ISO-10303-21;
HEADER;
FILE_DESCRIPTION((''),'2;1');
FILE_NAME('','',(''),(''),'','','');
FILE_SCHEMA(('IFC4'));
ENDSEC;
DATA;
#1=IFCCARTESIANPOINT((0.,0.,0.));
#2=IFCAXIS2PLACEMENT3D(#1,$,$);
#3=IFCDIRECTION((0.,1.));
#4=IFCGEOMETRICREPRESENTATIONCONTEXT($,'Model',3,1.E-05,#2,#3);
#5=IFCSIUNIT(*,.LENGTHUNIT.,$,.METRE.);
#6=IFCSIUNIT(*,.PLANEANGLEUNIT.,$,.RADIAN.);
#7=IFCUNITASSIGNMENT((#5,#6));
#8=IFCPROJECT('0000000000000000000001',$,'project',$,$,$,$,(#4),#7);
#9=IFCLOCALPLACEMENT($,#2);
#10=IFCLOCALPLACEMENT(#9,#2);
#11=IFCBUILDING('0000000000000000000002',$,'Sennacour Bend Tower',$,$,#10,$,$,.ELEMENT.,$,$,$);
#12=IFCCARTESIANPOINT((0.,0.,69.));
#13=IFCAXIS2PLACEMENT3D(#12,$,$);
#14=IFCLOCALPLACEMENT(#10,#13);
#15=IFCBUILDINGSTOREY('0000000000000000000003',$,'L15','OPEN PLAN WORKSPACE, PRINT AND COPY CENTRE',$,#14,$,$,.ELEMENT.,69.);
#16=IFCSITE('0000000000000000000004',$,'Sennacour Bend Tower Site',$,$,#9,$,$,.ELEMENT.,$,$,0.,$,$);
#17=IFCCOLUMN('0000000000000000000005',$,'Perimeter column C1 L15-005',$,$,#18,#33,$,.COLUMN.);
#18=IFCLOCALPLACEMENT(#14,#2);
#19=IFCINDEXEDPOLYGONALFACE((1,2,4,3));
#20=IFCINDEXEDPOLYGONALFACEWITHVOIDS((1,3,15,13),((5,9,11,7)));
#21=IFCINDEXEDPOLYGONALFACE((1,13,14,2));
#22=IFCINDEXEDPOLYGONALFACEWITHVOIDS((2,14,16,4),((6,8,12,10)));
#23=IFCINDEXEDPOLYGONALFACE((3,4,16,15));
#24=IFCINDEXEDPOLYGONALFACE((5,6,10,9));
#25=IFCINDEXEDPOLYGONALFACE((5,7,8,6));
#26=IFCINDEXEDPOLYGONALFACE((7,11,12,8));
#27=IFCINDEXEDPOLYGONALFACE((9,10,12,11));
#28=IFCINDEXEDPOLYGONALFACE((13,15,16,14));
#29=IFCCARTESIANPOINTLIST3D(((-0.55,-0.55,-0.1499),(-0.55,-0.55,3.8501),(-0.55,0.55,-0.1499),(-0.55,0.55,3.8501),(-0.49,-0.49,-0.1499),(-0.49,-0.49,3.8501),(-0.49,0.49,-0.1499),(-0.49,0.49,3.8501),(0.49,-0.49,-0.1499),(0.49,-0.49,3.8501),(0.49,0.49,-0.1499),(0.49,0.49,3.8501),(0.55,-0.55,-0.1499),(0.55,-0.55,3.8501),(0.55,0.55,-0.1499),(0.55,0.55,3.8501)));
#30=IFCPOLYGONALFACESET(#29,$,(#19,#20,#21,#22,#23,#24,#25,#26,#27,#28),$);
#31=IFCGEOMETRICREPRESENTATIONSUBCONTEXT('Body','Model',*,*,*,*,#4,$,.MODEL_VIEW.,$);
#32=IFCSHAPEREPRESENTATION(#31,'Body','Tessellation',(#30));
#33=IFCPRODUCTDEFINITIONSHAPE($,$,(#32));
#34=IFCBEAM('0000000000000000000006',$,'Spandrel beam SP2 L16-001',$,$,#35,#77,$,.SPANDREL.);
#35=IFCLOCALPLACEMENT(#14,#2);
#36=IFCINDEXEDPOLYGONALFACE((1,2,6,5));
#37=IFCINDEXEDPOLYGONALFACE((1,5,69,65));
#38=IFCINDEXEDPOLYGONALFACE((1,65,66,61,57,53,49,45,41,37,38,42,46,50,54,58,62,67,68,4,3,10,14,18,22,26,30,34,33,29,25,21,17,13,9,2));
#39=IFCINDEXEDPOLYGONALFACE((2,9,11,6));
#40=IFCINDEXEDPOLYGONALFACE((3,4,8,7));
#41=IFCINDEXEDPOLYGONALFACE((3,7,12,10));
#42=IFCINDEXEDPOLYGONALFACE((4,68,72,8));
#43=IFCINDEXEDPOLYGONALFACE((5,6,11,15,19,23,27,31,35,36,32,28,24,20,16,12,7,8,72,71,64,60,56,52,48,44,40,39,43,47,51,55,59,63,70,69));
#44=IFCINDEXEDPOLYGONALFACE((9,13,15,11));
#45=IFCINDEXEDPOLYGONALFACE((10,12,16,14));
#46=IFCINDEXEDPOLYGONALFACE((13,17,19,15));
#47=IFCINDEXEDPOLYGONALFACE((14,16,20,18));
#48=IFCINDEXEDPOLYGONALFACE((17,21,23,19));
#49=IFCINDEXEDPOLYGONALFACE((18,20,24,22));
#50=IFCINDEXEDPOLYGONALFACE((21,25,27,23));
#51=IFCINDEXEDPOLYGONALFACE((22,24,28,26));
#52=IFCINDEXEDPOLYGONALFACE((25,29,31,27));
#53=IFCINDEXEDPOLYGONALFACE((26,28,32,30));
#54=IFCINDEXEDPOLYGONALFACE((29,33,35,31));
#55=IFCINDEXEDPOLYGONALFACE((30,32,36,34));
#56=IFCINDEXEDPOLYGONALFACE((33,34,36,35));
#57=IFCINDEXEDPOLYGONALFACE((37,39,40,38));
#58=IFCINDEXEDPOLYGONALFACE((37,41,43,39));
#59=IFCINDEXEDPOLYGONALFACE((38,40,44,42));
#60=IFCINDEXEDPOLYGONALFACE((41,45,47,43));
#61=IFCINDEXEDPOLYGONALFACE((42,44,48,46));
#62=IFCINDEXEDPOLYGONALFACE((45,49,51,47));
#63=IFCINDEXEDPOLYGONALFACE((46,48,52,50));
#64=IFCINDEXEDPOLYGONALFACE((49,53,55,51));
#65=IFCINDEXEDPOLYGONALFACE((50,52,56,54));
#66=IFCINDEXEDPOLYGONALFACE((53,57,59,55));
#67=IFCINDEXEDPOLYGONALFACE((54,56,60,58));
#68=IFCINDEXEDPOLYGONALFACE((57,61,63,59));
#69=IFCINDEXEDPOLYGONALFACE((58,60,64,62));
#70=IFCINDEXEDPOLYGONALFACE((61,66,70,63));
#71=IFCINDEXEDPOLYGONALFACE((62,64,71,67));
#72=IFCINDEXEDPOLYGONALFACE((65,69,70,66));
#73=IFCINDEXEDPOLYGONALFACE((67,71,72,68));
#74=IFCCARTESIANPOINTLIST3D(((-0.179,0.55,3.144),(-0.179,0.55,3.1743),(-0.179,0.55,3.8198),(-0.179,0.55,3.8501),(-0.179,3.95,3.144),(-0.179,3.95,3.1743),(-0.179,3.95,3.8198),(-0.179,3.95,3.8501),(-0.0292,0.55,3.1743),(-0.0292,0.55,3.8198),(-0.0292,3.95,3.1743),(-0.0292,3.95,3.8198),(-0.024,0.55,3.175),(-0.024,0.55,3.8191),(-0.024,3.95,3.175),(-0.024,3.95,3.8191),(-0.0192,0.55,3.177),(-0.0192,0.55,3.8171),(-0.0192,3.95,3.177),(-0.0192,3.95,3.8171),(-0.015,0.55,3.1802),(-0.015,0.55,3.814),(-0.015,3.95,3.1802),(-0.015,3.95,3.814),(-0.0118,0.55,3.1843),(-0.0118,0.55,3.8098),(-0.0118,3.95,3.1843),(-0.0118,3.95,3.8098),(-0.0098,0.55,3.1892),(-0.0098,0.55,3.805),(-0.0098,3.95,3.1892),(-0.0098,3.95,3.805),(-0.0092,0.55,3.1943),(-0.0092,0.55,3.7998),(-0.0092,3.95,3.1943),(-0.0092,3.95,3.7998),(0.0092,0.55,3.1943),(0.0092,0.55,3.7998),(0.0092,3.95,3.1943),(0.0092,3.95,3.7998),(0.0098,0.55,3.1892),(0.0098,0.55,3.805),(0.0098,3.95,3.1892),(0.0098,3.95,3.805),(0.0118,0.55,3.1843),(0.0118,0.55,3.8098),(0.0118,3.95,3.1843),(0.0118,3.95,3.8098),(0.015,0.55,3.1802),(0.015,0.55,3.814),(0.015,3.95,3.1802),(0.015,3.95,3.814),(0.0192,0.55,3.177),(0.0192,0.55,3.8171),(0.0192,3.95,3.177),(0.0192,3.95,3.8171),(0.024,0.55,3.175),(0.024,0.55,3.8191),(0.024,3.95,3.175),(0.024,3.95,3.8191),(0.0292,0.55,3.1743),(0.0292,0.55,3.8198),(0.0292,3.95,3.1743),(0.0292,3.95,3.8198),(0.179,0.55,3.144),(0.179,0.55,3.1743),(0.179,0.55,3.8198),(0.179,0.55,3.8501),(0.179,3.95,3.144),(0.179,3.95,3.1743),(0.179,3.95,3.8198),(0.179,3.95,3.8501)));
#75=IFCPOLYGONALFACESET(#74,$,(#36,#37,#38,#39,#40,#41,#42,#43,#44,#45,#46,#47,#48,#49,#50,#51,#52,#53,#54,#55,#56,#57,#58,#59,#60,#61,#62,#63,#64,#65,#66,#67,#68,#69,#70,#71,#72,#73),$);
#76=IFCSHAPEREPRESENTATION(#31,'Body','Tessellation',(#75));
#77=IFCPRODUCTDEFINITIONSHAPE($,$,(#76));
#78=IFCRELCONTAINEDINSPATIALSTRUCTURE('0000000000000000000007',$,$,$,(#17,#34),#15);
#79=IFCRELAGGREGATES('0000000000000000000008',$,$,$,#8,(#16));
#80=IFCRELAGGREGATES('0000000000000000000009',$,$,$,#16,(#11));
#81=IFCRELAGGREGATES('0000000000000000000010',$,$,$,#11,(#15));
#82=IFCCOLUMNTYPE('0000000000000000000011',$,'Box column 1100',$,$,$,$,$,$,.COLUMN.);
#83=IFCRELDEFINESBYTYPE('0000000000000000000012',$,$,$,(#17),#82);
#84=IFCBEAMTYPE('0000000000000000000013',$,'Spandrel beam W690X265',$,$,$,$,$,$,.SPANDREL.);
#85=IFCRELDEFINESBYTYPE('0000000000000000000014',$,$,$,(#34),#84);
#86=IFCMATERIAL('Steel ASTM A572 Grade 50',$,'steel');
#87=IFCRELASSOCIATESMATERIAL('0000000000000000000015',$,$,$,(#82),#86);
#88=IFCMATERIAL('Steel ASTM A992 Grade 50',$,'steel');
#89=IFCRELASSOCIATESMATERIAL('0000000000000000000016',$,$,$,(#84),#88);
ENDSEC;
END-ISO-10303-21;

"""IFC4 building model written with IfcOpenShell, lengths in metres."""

from ifc_helpers import new_model, si_unit, direction, frame, origin, origin_2d, place, context, subcontext, project, spatial, hollow_rectangle, i_section, extrude, material, material_profile, profile_set, type_object, element, save


model = new_model("IFC4")

# Units and contexts
model_context = context("Model", 3, precision=1e-05, world=origin(), true_north=direction((0.0, 1.0)))
body_context = subcontext(model_context, "Body", "Model", "MODEL_VIEW")
ifc_project = project(units=[si_unit("LENGTHUNIT", "METRE"), si_unit("PLANEANGLEUNIT", "RADIAN")], contexts=[model_context])

# Site, building, storey
site_placement = place(None, origin())
site = spatial("IfcSite", under=ifc_project, at=site_placement, Name="Sennacour Bend Tower Site", CompositionType="ELEMENT", RefElevation=0.0)
building_placement = place(site_placement, origin())
building = spatial("IfcBuilding", under=site, at=building_placement, Name="Sennacour Bend Tower", CompositionType="ELEMENT")
storey_placement = place(building_placement, frame((0.0, 0.0, 69.0)))
storey = spatial("IfcBuildingStorey", under=building, at=storey_placement, Name="L15", Description="OPEN PLAN WORKSPACE, PRINT AND COPY CENTRE", CompositionType="ELEMENT", Elevation=69.0)

# Column
ifc_material_1 = material(Name="Steel ASTM A572 Grade 50", Category="steel")
ifc_material_profile_1 = material_profile(ifc_material_1, hollow_rectangle(XDim=1.1001, YDim=1.1001, WallThickness=0.0601, at=origin_2d()), Name="Steel ASTM A572 Grade 50", Category="steel")
ifc_profile_set_1 = profile_set([ifc_material_profile_1], Name="Steel ASTM A572 Grade 50")
column_type = type_object("IfcColumnType", Name="Box column 1100", PredefinedType="COLUMN", material=ifc_profile_set_1)
column_placement = place(storey_placement, frame((0.0, 0.0, -0.1499), z_axis=(0.0, 0.0, 1.0), x_axis=(1.0, 0.0, 0.0)))
element("IfcColumn", 1, at=column_placement, inside=storey, type_object=column_type, Name="Perimeter column C1 L15-005", PredefinedType="COLUMN", context=body_context, shape_type="SweptSolid", body=[
    extrude(hollow_rectangle(XDim=1.1001, YDim=1.1001, WallThickness=0.0601, at=origin_2d()), origin(), (0.0, 0.0, 1.0), 4.0),
])

# Beam
ifc_material_2 = material(Name="Steel ASTM A992 Grade 50", Category="steel")
ifc_material_profile_2 = material_profile(ifc_material_2, i_section(OverallWidth=0.3579, OverallDepth=0.7061, WebThickness=0.0183, FlangeThickness=0.0303, FilletRadius=0.02, at=origin_2d()), Name="Steel ASTM A992 Grade 50", Category="steel")
ifc_profile_set_2 = profile_set([ifc_material_profile_2], Name="Steel ASTM A992 Grade 50")
beam_type = type_object("IfcBeamType", Name="Spandrel beam W690X265", PredefinedType="SPANDREL", material=ifc_profile_set_2)
beam_placement = place(storey_placement, frame((0.0, 0.55, 3.4971), z_axis=(0.0, 1.0, 0.0), x_axis=(-1.0, 0.0, 0.0)))
element("IfcBeam", 2, at=beam_placement, inside=storey, type_object=beam_type, Name="Spandrel beam SP2 L16-001", PredefinedType="SPANDREL", context=body_context, shape_type="SweptSolid", body=[
    extrude(i_section(OverallWidth=0.3579, OverallDepth=0.7061, WebThickness=0.0183, FlangeThickness=0.0303, FilletRadius=0.02, at=origin_2d()), origin(), (0.0, 0.0, 1.0), 3.3999),
])

save(model, "model.ifc")
